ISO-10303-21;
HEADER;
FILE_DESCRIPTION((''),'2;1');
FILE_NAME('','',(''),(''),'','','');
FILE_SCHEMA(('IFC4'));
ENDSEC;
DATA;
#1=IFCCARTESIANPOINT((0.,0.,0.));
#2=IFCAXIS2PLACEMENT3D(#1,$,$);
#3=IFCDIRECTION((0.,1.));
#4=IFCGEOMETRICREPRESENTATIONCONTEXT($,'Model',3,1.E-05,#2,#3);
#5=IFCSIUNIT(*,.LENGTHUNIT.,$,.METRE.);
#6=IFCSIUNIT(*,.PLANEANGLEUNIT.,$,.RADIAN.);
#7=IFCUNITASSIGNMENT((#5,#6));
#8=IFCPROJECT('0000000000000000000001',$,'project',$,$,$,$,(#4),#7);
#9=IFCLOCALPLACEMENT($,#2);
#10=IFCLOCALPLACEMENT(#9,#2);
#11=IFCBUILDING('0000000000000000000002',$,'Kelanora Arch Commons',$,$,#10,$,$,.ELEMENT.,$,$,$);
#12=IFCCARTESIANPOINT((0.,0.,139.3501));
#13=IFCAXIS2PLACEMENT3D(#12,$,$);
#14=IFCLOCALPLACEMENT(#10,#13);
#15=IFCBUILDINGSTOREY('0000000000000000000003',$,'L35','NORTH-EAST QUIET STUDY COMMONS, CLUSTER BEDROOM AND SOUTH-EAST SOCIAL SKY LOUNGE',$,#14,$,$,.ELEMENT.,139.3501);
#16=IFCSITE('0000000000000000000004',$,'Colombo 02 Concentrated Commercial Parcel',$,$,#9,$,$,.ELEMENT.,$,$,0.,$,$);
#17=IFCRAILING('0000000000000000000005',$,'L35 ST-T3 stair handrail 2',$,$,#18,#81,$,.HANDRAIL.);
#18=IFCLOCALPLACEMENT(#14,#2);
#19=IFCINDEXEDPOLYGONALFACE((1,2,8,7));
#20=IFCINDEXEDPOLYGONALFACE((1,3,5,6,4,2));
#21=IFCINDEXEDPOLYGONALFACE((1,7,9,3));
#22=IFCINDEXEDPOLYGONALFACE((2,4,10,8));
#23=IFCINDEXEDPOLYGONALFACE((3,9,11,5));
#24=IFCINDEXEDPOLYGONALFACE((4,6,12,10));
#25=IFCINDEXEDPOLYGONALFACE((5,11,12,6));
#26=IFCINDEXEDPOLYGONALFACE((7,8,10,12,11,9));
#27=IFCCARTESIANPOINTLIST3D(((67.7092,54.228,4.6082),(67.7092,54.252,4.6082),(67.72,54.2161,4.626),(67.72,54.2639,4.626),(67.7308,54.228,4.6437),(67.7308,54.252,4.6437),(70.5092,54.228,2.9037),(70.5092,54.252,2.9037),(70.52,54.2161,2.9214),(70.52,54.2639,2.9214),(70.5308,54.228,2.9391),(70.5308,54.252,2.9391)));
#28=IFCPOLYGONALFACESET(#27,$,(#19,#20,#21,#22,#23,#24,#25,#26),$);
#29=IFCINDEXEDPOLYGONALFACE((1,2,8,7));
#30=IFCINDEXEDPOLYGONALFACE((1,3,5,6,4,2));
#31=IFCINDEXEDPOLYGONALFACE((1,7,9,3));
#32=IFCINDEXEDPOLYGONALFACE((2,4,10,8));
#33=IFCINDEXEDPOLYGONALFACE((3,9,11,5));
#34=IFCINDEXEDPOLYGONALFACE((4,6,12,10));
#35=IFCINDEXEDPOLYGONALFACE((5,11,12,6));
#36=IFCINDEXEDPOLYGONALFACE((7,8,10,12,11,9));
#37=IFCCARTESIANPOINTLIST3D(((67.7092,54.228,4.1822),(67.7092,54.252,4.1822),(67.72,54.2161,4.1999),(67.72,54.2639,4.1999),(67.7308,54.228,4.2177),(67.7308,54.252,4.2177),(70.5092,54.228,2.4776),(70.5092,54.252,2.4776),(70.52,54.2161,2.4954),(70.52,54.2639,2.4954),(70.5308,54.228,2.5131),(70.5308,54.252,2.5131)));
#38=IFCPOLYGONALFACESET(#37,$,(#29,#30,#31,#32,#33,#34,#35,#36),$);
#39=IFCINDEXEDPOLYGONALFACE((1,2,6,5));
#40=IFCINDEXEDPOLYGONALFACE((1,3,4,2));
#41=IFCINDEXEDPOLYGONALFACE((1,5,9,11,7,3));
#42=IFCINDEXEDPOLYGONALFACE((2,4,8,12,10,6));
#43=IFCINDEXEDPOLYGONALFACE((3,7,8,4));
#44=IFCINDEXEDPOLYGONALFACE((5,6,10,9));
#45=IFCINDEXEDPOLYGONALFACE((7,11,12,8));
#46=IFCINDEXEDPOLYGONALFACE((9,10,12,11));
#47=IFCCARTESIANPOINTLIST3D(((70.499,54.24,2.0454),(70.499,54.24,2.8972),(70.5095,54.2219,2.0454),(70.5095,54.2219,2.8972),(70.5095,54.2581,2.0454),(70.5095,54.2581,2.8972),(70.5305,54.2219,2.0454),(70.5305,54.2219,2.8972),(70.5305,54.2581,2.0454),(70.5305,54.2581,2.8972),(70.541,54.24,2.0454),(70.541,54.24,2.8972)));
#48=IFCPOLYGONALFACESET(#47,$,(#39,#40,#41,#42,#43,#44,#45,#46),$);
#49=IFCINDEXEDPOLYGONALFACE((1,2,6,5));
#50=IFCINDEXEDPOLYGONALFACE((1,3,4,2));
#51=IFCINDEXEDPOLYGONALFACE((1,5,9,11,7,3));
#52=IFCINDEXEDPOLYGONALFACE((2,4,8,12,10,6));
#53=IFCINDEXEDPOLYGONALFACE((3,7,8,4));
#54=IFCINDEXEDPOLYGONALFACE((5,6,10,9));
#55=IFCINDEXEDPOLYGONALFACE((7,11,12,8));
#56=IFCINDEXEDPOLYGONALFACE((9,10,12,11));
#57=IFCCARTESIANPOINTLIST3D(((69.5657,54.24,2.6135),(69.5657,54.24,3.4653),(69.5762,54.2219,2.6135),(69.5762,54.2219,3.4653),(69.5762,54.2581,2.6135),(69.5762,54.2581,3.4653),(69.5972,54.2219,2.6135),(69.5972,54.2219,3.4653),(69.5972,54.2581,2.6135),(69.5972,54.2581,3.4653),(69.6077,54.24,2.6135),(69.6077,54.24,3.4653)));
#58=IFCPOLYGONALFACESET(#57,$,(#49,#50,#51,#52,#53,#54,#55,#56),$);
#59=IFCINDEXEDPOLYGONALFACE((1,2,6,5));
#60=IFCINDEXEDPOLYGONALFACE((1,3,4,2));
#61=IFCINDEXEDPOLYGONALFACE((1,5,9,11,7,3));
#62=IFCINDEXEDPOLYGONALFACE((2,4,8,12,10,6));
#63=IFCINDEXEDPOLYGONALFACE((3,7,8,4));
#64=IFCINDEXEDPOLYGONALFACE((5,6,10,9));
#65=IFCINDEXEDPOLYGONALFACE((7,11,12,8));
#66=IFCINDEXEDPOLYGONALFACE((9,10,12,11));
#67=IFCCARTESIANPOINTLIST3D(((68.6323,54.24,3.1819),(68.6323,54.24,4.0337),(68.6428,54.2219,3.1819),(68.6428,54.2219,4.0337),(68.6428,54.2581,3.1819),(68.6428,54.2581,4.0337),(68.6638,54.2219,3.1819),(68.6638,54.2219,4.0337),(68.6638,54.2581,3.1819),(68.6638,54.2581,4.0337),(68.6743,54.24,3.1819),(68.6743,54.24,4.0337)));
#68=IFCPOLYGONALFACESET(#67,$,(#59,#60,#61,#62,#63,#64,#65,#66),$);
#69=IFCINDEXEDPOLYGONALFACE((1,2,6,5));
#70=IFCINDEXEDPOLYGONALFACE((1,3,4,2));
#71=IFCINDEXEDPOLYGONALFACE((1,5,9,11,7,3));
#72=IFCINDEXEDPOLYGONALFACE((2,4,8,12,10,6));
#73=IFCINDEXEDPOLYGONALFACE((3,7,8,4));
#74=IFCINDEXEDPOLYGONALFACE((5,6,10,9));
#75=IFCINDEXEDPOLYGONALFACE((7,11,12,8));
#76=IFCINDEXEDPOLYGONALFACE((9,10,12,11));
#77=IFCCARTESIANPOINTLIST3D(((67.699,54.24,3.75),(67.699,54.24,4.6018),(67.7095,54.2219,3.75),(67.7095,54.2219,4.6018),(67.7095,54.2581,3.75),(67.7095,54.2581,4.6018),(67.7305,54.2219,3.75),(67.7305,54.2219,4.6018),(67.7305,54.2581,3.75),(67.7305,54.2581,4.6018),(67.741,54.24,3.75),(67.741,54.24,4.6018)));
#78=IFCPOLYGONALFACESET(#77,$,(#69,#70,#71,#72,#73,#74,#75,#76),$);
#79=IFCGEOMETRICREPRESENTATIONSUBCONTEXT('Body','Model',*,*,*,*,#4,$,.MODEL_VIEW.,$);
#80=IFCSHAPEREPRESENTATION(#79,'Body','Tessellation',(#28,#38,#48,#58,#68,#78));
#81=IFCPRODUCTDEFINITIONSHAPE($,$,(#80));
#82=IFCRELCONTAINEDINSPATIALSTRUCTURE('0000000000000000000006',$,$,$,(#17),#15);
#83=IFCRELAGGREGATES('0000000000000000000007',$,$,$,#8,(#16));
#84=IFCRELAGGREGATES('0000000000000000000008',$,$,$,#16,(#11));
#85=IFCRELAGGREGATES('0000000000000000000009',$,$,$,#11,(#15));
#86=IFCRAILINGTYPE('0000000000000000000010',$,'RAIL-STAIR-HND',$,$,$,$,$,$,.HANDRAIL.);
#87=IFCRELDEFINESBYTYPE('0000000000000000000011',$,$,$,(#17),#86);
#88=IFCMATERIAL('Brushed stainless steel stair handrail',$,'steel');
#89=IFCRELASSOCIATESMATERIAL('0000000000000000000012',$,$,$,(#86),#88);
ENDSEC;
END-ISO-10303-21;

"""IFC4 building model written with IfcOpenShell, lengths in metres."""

from ifc_helpers import new_model, si_unit, direction, frame, origin, place, context, subcontext, project, spatial, polyline, outline, extrude, material, type_object, element, save


model = new_model("IFC4")

# Units and contexts
model_context = context("Model", 3, precision=1e-05, world=origin(), true_north=direction((0.0, 1.0)))
body_context = subcontext(model_context, "Body", "Model", "MODEL_VIEW")
ifc_project = project(units=[si_unit("LENGTHUNIT", "METRE"), si_unit("PLANEANGLEUNIT", "RADIAN")], contexts=[model_context])

# Site, building, storey
site_placement = place(None, origin())
site = spatial("IfcSite", under=ifc_project, at=site_placement, Name="Colombo 02 Concentrated Commercial Parcel", CompositionType="ELEMENT", RefElevation=0.0)
building_placement = place(site_placement, origin())
building = spatial("IfcBuilding", under=site, at=building_placement, Name="Kelanora Arch Commons", CompositionType="ELEMENT")
storey_placement = place(building_placement, frame((0.0, 0.0, 139.3501)))
storey = spatial("IfcBuildingStorey", under=building, at=storey_placement, Name="L35", Description="NORTH-EAST QUIET STUDY COMMONS, CLUSTER BEDROOM AND SOUTH-EAST SOCIAL SKY LOUNGE", CompositionType="ELEMENT", Elevation=139.3501)

# Railing
ifc_material_1 = material(Name="Brushed stainless steel stair handrail", Category="steel")
railing_type_1 = type_object("IfcRailingType", Name="RAIL-STAIR-HND", PredefinedType="HANDRAIL", material=ifc_material_1)
railing_1_placement = place(storey_placement, frame((70.52, 54.24, 2.0454)))
element("IfcRailing", 1, at=railing_1_placement, inside=storey, type_object=railing_type_1, Name="L35 ST-T3 stair handrail 2", PredefinedType="HANDRAIL", context=body_context, shape_type="SweptSolid", body=[
    extrude(outline(polyline([(0.0239, 0.0), (0.012, 0.0208), (-0.012, 0.0208), (-0.0239, 0.0), (-0.012, -0.0208), (0.012, -0.0208), (0.0239, 0.0)])), frame((0.0, 0.0, 0.876), z_axis=(-0.85417, 0.0, 0.519994), x_axis=(0.0, -1.0, 0.0)), (0.0, 0.0, 1.0), 3.2781),
    extrude(outline(polyline([(0.0239, 0.0), (0.012, 0.0208), (-0.012, 0.0208), (-0.0239, 0.0), (-0.012, -0.0208), (0.012, -0.0208), (0.0239, 0.0)])), frame((0.0, 0.0, 0.45), z_axis=(-0.85417, 0.0, 0.519994), x_axis=(0.0, -1.0, 0.0)), (0.0, 0.0, 1.0), 3.2781),
    extrude(outline(polyline([(0.021, 0.0), (0.0105, 0.0181), (-0.0105, 0.0181), (-0.021, 0.0), (-0.0105, -0.0181), (0.0105, -0.0181), (0.021, 0.0)])), origin(), (0.0, 0.0, 1.0), 0.8518),
    extrude(outline(polyline([(0.021, 0.0), (0.0105, 0.0181), (-0.0105, 0.0181), (-0.021, 0.0), (-0.0105, -0.0181), (0.0105, -0.0181), (0.021, 0.0)])), frame((-0.9333, 0.0, 0.5681)), (0.0, 0.0, 1.0), 0.8518),
    extrude(outline(polyline([(0.021, 0.0), (0.0105, 0.0181), (-0.0105, 0.0181), (-0.021, 0.0), (-0.0105, -0.0181), (0.0105, -0.0181), (0.021, 0.0)])), frame((-1.8667, 0.0, 1.1365)), (0.0, 0.0, 1.0), 0.8518),
    extrude(outline(polyline([(0.021, 0.0), (0.0105, 0.0181), (-0.0105, 0.0181), (-0.021, 0.0), (-0.0105, -0.0181), (0.0105, -0.0181), (0.021, 0.0)])), frame((-2.8, 0.0, 1.7046)), (0.0, 0.0, 1.0), 0.8518),
])

save(model, "model.ifc")
